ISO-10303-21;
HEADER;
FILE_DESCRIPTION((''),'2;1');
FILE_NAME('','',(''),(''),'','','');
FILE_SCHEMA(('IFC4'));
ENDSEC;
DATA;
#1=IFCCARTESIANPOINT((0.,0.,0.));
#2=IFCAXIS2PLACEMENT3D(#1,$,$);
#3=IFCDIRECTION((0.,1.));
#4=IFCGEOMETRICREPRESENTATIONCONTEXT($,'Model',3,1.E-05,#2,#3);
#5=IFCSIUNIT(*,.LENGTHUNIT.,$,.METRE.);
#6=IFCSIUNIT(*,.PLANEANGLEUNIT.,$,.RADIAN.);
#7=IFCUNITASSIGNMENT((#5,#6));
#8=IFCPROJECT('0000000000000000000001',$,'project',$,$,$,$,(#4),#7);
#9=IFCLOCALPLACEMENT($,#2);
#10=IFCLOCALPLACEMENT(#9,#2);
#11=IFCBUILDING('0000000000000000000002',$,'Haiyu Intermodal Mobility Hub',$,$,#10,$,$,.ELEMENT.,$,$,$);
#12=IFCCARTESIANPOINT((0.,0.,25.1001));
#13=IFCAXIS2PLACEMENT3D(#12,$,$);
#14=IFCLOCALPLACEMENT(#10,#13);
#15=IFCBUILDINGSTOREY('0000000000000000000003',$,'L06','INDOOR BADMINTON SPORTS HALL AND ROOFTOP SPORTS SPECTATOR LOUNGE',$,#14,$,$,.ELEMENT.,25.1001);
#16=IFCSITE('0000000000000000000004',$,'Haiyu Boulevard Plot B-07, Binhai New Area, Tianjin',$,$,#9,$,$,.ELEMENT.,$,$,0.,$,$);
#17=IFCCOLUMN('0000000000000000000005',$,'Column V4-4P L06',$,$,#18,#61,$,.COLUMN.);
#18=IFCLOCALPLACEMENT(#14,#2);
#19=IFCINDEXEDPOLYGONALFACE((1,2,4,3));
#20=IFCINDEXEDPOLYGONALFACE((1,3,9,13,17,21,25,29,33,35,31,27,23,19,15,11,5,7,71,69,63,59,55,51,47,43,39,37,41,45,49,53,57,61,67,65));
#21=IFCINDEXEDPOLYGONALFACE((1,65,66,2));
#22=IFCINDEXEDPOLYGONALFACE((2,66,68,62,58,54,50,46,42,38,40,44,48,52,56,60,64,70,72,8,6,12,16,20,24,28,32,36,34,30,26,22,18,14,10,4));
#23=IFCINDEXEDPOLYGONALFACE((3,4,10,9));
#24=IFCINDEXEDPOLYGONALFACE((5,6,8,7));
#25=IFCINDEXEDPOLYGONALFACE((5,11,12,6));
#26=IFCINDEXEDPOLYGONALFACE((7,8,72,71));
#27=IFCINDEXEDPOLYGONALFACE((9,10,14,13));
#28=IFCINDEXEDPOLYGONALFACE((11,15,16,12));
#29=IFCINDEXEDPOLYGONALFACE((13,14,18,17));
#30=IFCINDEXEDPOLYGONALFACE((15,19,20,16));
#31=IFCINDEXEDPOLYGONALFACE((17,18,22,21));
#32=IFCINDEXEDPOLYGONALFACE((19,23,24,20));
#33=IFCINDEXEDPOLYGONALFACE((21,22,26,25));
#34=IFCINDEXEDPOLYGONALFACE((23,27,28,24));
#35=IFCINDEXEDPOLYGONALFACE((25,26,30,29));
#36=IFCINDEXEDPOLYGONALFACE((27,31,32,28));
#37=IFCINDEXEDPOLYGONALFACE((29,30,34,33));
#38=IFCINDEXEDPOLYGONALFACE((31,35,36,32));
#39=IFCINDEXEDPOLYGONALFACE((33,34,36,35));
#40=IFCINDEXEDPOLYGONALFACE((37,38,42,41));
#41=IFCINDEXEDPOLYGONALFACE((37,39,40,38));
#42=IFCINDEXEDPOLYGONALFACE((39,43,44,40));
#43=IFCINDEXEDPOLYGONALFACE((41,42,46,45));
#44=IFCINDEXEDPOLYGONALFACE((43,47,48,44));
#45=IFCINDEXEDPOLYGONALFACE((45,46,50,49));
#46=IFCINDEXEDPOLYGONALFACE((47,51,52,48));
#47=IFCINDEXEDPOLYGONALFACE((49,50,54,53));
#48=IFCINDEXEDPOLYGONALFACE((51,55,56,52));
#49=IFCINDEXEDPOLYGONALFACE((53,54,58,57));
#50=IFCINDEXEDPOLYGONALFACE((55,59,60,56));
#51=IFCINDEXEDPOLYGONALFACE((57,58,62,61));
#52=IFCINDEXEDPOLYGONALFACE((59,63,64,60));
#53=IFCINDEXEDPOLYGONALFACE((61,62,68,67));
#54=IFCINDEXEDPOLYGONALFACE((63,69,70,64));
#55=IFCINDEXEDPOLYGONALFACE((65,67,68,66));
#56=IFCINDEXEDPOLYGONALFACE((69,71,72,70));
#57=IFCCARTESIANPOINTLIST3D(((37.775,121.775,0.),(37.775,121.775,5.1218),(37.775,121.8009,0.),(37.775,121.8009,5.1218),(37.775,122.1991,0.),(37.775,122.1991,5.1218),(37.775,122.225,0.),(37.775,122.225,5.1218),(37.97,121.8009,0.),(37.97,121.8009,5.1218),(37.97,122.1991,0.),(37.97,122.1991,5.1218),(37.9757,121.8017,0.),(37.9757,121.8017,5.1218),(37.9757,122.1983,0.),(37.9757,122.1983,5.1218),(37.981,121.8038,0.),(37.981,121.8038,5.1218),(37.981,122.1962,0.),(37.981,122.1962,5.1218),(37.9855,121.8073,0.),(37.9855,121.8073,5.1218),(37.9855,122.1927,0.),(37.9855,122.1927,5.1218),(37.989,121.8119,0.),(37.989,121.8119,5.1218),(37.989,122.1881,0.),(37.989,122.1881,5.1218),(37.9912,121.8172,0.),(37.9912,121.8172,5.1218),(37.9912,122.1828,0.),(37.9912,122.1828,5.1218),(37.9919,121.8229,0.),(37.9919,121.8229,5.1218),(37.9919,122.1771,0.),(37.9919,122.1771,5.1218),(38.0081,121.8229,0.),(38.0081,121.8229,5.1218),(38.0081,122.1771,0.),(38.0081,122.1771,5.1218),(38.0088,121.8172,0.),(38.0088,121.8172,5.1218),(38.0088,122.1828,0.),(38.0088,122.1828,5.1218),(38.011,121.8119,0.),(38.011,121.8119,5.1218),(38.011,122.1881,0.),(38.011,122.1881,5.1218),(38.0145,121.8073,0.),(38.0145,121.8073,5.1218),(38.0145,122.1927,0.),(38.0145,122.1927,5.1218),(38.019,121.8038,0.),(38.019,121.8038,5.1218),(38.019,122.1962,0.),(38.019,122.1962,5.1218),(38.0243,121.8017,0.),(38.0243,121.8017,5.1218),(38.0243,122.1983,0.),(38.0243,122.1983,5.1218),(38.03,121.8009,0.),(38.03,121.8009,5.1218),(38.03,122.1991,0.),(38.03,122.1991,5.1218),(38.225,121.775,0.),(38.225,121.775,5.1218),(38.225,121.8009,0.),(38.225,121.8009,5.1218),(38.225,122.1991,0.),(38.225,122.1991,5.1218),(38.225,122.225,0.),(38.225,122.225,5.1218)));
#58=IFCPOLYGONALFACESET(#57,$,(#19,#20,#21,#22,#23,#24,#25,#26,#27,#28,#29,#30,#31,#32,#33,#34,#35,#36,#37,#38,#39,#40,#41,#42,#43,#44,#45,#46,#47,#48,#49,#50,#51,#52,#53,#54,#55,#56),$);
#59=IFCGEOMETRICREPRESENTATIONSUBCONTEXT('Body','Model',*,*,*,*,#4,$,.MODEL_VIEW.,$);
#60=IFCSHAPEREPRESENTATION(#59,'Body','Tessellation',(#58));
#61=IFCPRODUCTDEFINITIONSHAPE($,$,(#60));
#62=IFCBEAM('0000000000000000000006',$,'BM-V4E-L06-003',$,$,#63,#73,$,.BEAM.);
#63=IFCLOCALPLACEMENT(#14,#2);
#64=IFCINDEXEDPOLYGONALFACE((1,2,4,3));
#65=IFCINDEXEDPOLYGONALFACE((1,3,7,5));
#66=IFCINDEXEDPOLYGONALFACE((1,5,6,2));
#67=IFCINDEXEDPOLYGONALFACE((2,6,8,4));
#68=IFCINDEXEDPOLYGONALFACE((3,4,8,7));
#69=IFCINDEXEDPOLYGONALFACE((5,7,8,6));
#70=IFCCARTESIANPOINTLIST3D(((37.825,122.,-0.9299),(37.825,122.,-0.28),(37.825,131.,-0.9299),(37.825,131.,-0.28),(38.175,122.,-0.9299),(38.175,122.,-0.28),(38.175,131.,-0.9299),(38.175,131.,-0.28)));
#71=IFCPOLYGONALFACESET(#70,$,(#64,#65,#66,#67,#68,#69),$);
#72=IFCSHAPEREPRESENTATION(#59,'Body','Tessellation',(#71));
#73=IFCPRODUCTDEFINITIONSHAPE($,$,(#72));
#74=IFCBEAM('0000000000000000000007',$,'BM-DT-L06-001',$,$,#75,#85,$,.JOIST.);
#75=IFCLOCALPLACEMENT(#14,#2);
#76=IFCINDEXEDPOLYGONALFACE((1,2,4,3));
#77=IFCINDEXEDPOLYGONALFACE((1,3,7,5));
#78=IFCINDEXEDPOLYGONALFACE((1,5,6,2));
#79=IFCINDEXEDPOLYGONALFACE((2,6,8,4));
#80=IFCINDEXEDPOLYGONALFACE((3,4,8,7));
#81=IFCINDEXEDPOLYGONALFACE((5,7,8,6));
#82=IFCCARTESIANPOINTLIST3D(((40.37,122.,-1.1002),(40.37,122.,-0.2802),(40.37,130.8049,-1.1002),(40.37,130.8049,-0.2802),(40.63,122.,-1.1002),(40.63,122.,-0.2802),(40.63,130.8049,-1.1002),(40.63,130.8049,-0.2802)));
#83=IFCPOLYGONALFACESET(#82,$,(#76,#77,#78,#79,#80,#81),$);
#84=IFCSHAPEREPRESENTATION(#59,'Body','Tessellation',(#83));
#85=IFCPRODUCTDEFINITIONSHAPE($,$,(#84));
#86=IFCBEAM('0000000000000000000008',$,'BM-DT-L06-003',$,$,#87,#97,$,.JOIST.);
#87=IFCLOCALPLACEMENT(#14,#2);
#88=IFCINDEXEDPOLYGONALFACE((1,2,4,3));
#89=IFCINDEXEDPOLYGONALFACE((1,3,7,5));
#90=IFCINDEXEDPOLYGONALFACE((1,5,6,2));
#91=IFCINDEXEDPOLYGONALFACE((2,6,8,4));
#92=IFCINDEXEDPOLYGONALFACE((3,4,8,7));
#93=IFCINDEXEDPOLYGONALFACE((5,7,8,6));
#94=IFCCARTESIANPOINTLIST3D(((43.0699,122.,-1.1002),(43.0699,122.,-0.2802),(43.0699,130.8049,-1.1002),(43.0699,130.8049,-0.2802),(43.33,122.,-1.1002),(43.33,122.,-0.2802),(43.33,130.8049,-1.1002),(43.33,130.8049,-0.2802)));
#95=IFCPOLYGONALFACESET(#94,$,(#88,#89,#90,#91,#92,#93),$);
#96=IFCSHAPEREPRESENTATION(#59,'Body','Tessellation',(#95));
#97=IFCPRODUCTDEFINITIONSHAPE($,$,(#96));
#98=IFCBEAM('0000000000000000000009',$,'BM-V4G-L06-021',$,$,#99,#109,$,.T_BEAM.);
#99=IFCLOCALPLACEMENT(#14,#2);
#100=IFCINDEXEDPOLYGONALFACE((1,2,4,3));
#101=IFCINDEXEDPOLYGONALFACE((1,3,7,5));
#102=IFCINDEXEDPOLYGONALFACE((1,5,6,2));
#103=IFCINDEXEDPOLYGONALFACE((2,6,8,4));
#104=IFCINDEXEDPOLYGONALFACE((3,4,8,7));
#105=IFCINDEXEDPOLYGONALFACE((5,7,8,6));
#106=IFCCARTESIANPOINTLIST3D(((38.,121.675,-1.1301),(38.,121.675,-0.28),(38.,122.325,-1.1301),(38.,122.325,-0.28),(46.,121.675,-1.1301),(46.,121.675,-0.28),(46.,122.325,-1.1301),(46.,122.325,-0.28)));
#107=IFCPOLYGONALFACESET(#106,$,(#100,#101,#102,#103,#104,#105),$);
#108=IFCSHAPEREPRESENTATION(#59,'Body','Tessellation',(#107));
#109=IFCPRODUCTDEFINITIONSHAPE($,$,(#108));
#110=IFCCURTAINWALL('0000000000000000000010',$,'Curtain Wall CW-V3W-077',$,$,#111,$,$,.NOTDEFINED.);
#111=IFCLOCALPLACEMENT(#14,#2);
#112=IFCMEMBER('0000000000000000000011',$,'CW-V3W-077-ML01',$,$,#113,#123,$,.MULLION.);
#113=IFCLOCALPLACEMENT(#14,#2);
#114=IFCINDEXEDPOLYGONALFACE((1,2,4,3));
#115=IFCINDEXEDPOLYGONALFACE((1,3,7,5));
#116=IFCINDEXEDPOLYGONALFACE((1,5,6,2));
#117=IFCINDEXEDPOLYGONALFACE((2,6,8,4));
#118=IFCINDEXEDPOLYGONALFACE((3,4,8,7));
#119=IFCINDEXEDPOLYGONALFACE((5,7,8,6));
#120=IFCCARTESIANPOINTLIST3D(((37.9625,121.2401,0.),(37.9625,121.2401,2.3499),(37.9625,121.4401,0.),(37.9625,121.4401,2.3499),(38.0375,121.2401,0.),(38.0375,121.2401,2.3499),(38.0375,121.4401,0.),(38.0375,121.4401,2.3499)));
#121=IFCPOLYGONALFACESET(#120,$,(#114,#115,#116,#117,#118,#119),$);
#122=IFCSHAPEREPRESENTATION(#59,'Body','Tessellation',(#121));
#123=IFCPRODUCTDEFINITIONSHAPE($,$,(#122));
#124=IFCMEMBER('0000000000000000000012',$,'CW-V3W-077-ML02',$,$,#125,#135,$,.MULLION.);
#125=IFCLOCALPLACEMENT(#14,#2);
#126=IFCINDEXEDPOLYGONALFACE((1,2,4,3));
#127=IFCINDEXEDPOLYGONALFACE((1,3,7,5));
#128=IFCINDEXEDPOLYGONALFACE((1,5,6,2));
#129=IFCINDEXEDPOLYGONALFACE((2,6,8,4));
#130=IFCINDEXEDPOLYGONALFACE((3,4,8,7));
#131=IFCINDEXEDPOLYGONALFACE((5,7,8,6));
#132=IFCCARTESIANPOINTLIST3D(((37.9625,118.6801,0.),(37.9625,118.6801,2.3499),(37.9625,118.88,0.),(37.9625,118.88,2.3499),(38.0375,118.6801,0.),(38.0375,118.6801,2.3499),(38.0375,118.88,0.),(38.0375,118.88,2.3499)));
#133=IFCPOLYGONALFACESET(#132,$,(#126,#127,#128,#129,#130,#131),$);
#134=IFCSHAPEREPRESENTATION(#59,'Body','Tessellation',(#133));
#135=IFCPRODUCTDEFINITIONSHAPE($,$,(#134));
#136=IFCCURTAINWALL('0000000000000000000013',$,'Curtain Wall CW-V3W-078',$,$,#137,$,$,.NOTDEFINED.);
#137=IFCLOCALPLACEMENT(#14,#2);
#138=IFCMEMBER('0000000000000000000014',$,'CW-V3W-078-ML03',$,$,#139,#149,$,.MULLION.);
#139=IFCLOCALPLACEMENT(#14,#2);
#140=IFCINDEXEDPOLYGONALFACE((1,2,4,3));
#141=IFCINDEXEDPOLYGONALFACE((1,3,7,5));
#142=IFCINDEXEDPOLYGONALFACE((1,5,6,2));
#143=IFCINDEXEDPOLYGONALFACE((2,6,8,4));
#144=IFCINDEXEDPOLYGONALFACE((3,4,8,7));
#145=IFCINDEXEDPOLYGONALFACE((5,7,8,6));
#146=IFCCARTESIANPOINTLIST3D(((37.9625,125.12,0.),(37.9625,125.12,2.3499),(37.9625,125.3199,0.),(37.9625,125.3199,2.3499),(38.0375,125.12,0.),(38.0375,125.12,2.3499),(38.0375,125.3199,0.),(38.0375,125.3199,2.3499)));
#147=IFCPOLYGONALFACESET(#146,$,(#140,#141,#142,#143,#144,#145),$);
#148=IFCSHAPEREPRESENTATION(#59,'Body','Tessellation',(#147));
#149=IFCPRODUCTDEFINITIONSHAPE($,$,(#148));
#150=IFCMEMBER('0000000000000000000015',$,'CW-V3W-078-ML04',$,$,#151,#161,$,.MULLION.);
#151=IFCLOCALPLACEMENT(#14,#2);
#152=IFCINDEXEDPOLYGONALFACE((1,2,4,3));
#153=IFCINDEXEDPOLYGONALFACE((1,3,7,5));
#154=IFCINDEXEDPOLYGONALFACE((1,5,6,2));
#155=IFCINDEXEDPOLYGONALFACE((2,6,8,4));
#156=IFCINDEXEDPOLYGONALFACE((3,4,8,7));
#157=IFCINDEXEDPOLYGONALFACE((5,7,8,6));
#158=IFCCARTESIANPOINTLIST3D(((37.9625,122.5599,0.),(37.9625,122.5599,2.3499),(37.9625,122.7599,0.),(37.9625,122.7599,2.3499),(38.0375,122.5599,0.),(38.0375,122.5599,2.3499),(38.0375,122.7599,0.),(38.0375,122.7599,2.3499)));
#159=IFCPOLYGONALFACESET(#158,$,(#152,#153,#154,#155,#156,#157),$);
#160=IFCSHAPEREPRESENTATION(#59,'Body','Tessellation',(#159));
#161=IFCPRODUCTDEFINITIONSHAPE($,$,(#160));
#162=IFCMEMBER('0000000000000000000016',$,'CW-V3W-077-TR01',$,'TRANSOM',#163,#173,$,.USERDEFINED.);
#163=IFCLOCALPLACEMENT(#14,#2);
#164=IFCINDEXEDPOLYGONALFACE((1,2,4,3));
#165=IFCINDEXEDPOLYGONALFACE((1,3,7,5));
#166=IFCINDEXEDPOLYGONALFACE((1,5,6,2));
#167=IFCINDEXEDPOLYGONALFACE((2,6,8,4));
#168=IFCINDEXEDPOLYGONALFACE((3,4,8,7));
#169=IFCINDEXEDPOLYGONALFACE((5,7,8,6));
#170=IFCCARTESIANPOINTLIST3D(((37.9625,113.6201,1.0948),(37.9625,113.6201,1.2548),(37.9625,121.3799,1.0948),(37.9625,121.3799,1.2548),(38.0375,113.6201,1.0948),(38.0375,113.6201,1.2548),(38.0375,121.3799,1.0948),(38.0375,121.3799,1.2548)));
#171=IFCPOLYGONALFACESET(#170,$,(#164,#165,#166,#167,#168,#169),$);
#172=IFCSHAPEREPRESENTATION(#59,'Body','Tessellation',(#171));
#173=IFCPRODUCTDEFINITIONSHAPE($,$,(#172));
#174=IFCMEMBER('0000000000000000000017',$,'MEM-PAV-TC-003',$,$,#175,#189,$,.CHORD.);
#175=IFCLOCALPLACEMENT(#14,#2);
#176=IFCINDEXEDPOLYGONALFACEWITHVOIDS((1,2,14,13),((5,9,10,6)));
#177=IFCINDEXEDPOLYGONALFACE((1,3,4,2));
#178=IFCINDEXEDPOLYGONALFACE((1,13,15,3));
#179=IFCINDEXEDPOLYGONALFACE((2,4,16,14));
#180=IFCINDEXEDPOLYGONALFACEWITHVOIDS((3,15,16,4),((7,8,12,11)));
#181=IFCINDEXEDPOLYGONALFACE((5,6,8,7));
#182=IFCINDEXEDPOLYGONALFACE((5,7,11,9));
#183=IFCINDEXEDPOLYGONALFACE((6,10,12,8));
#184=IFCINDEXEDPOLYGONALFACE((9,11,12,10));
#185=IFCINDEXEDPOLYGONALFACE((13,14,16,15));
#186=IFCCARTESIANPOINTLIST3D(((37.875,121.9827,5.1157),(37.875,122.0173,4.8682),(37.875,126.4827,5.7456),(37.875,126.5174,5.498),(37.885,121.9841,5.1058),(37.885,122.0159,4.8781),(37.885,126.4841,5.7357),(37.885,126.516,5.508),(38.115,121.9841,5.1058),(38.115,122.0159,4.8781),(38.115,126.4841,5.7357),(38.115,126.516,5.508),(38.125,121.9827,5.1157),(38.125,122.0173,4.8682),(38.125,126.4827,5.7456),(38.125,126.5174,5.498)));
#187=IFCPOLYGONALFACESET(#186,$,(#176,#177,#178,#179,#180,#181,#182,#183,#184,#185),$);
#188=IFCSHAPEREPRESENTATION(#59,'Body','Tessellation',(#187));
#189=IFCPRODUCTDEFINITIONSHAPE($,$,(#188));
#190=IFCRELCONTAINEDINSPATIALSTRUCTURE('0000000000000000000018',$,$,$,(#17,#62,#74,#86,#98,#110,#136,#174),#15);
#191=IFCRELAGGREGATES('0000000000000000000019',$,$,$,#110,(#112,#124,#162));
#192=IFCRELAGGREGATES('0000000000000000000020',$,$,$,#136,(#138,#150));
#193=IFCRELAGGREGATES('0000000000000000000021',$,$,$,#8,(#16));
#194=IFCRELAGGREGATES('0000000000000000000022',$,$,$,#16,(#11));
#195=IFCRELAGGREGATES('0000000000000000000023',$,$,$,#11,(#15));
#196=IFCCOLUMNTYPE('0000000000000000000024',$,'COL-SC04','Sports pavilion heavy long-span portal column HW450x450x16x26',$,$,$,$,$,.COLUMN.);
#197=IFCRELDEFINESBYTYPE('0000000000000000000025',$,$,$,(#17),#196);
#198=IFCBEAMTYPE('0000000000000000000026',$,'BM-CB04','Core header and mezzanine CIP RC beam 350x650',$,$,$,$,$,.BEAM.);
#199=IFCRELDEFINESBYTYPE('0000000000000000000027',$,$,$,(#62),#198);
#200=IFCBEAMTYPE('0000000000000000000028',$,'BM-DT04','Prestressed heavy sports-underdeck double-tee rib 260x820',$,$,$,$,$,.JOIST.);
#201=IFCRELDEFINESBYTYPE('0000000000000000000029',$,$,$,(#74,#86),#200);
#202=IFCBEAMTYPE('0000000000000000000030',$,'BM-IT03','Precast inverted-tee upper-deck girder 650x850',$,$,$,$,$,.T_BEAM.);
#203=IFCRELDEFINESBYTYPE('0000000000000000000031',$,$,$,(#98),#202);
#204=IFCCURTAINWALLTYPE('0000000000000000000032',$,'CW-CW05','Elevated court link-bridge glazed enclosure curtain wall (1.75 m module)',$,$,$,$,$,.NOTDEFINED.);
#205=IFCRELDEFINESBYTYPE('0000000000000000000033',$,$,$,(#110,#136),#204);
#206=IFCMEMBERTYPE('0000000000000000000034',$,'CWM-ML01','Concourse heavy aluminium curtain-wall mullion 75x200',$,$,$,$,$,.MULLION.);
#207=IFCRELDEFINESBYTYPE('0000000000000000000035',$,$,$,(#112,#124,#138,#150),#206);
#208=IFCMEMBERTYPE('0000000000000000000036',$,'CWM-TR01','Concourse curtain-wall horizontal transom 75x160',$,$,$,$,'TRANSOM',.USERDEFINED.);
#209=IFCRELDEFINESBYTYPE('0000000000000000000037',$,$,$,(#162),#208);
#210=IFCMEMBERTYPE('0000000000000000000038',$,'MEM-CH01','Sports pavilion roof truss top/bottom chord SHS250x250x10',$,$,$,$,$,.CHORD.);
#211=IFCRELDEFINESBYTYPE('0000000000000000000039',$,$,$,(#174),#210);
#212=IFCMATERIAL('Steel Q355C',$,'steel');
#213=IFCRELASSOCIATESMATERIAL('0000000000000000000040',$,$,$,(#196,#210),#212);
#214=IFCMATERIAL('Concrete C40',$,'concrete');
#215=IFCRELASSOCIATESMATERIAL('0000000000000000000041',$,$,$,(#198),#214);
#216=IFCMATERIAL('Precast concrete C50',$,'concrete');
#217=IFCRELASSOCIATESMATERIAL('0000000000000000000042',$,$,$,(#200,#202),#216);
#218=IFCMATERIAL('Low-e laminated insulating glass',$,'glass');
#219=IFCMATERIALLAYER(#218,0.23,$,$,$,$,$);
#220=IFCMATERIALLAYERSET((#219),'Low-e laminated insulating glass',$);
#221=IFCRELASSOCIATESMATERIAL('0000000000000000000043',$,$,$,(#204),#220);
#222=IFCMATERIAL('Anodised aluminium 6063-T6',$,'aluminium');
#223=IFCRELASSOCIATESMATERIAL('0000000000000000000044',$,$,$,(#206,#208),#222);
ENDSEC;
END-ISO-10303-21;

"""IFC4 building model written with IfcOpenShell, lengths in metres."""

from ifc_helpers import new_model, si_unit, direction, frame, origin, origin_2d, place, context, subcontext, project, spatial, rectangle, hollow_rectangle, i_section, extrude, material, layer, layer_set, material_profile, profile_set, type_object, element, aggregate, save


model = new_model("IFC4")

# Units and contexts
model_context = context("Model", 3, precision=1e-05, world=origin(), true_north=direction((0.0, 1.0)))
body_context = subcontext(model_context, "Body", "Model", "MODEL_VIEW")
ifc_project = project(units=[si_unit("LENGTHUNIT", "METRE"), si_unit("PLANEANGLEUNIT", "RADIAN")], contexts=[model_context])

# Site, building, storey
site_placement = place(None, origin())
site = spatial("IfcSite", under=ifc_project, at=site_placement, Name="Haiyu Boulevard Plot B-07, Binhai New Area, Tianjin", CompositionType="ELEMENT", RefElevation=0.0)
building_placement = place(site_placement, origin())
building = spatial("IfcBuilding", under=site, at=building_placement, Name="Haiyu Intermodal Mobility Hub", CompositionType="ELEMENT")
storey_placement = place(building_placement, frame((0.0, 0.0, 25.1001)))
storey = spatial("IfcBuildingStorey", under=building, at=storey_placement, Name="L06", Description="INDOOR BADMINTON SPORTS HALL AND ROOFTOP SPORTS SPECTATOR LOUNGE", CompositionType="ELEMENT", Elevation=25.1001)

# Column
ifc_material_1 = material(Name="Steel Q355C", Category="steel")
ifc_material_profile_1 = material_profile(ifc_material_1, i_section(OverallWidth=0.45, OverallDepth=0.45, WebThickness=0.0161, FlangeThickness=0.0259, FilletRadius=0.022, at=origin_2d()), Name="HW450x450x16x26")
ifc_profile_set_1 = profile_set([ifc_material_profile_1], Name="Steel Q355C")
column_type = type_object("IfcColumnType", Name="COL-SC04", Description="Sports pavilion heavy long-span portal column HW450x450x16x26", PredefinedType="COLUMN", material=ifc_profile_set_1)
column_placement = place(storey_placement, frame((38.0, 122.0, 0.0), z_axis=(0.0, 0.0, 1.0), x_axis=(1.0, 0.0, 0.0)))
element("IfcColumn", 1, at=column_placement, inside=storey, type_object=column_type, Name="Column V4-4P L06", PredefinedType="COLUMN", context=body_context, shape_type="SweptSolid", body=[
    extrude(i_section(OverallWidth=0.45, OverallDepth=0.45, WebThickness=0.0161, FlangeThickness=0.0259, FilletRadius=0.022, at=origin_2d()), origin(), (0.0, 0.0, 1.0), 5.1218),
])

# Beams
ifc_material_2 = material(Name="Concrete C40", Category="concrete")
ifc_material_profile_2 = material_profile(ifc_material_2, rectangle(XDim=0.3501, YDim=0.6499, at=origin_2d()), Name="RCB350x650")
ifc_profile_set_2 = profile_set([ifc_material_profile_2], Name="Concrete C40")
beam_type_1 = type_object("IfcBeamType", Name="BM-CB04", Description="Core header and mezzanine CIP RC beam 350x650", PredefinedType="BEAM", material=ifc_profile_set_2)
beam_1_placement = place(storey_placement, frame((38.0, 122.0, -0.605), z_axis=(0.0, 1.0, 0.0), x_axis=(-1.0, 0.0, 0.0)))
element("IfcBeam", 2, at=beam_1_placement, inside=storey, type_object=beam_type_1, Name="BM-V4E-L06-003", PredefinedType="BEAM", context=body_context, shape_type="SweptSolid", body=[
    extrude(rectangle(XDim=0.3501, YDim=0.6499, at=origin_2d()), origin(), (0.0, 0.0, 1.0), 9.0),
])
ifc_material_3 = material(Name="Precast concrete C50", Category="concrete")
ifc_material_profile_3 = material_profile(ifc_material_3, rectangle(XDim=0.26, YDim=0.8201, at=origin_2d()), Name="PC260x820")
ifc_profile_set_3 = profile_set([ifc_material_profile_3], Name="Precast concrete C50")
beam_type_2 = type_object("IfcBeamType", Name="BM-DT04", Description="Prestressed heavy sports-underdeck double-tee rib 260x820", PredefinedType="JOIST", material=ifc_profile_set_3)
for number, where, z_axis, x_axis, name in (
    (3, (40.5, 122.0, -0.6902), (0.0, 1.0, 0.0), (-1.0, 0.0, 0.0), "BM-DT-L06-001"),
    (4, (43.2, 122.0, -0.6902), (0.0, 1.0, 0.0), (-1.0, 0.0, 0.0), "BM-DT-L06-003"),
):
    element("IfcBeam", number, at=place(storey_placement, frame(where, z_axis=z_axis, x_axis=x_axis)), inside=storey, type_object=beam_type_2, Name=name, PredefinedType="JOIST", context=body_context, shape_type="SweptSolid", body=[
        extrude(rectangle(XDim=0.26, YDim=0.8201, at=origin_2d()), origin(), (0.0, 0.0, 1.0), 8.8049),
    ])
ifc_material_profile_4 = material_profile(ifc_material_3, rectangle(XDim=0.6499, YDim=0.8501, at=origin_2d()), Name="PC650x850")
ifc_profile_set_4 = profile_set([ifc_material_profile_4], Name="Precast concrete C50")
beam_type_3 = type_object("IfcBeamType", Name="BM-IT03", Description="Precast inverted-tee upper-deck girder 650x850", PredefinedType="T_BEAM", material=ifc_profile_set_4)
beam_2_placement = place(storey_placement, frame((38.0, 122.0, -0.7051), z_axis=(1.0, 0.0, 0.0), x_axis=(0.0, 1.0, 0.0)))
element("IfcBeam", 5, at=beam_2_placement, inside=storey, type_object=beam_type_3, Name="BM-V4G-L06-021", PredefinedType="T_BEAM", context=body_context, shape_type="SweptSolid", body=[
    extrude(rectangle(XDim=0.6499, YDim=0.8501, at=origin_2d()), origin(), (0.0, 0.0, 1.0), 8.0),
])

# Curtain walls, members
ifc_material_4 = material(Name="Low-e laminated insulating glass", Category="glass")
ifc_layer_1 = layer(ifc_material_4, 0.23)
ifc_layer_set_1 = layer_set([ifc_layer_1], Name="Low-e laminated insulating glass")
curtain_wall_type = type_object("IfcCurtainWallType", Name="CW-CW05", Description="Elevated court link-bridge glazed enclosure curtain wall (1.75 m module)", PredefinedType="NOTDEFINED", material=ifc_layer_set_1)
curtain_wall_1_placement = place(storey_placement, origin())
curtain_wall_1 = element("IfcCurtainWall", 6, at=curtain_wall_1_placement, inside=storey, type_object=curtain_wall_type, Name="Curtain Wall CW-V3W-077", PredefinedType="NOTDEFINED")
ifc_material_5 = material(Name="Anodised aluminium 6063-T6", Category="aluminium")
ifc_material_profile_5 = material_profile(ifc_material_5, rectangle(XDim=0.075, YDim=0.2, at=origin_2d()), Name="ALU75x200")
ifc_profile_set_5 = profile_set([ifc_material_profile_5], Name="Anodised aluminium 6063-T6")
member_type_1 = type_object("IfcMemberType", Name="CWM-ML01", Description="Concourse heavy aluminium curtain-wall mullion 75x200", PredefinedType="MULLION", material=ifc_profile_set_5)
member_1_placement = place(storey_placement, frame((38.0, 121.3401, 0.0), z_axis=(0.0, 0.0, 1.0), x_axis=(1.0, 0.0, 0.0)))
member_1 = element("IfcMember", 7, at=member_1_placement, type_object=member_type_1, Name="CW-V3W-077-ML01", PredefinedType="MULLION", context=body_context, shape_type="SweptSolid", body=[
    extrude(rectangle(XDim=0.075, YDim=0.2, at=origin_2d()), origin(), (0.0, 0.0, 1.0), 2.3499),
])
member_2_placement = place(storey_placement, frame((38.0, 118.78, 0.0), z_axis=(0.0, 0.0, 1.0), x_axis=(1.0, 0.0, 0.0)))
member_2 = element("IfcMember", 8, at=member_2_placement, type_object=member_type_1, Name="CW-V3W-077-ML02", PredefinedType="MULLION", context=body_context, shape_type="SweptSolid", body=[
    extrude(rectangle(XDim=0.075, YDim=0.2, at=origin_2d()), origin(), (0.0, 0.0, 1.0), 2.3499),
])
curtain_wall_2_placement = place(storey_placement, origin())
curtain_wall_2 = element("IfcCurtainWall", 9, at=curtain_wall_2_placement, inside=storey, type_object=curtain_wall_type, Name="Curtain Wall CW-V3W-078", PredefinedType="NOTDEFINED")
member_3_placement = place(storey_placement, frame((38.0, 125.22, 0.0), z_axis=(0.0, 0.0, 1.0), x_axis=(1.0, 0.0, 0.0)))
member_3 = element("IfcMember", 10, at=member_3_placement, type_object=member_type_1, Name="CW-V3W-078-ML03", PredefinedType="MULLION", context=body_context, shape_type="SweptSolid", body=[
    extrude(rectangle(XDim=0.075, YDim=0.2, at=origin_2d()), origin(), (0.0, 0.0, 1.0), 2.3499),
])
member_4_placement = place(storey_placement, frame((38.0, 122.6599, 0.0), z_axis=(0.0, 0.0, 1.0), x_axis=(1.0, 0.0, 0.0)))
member_4 = element("IfcMember", 11, at=member_4_placement, type_object=member_type_1, Name="CW-V3W-078-ML04", PredefinedType="MULLION", context=body_context, shape_type="SweptSolid", body=[
    extrude(rectangle(XDim=0.075, YDim=0.2, at=origin_2d()), origin(), (0.0, 0.0, 1.0), 2.3499),
])

# Member
ifc_material_profile_6 = material_profile(ifc_material_5, rectangle(XDim=0.075, YDim=0.1599, at=origin_2d()), Name="ALU75x160")
ifc_profile_set_6 = profile_set([ifc_material_profile_6], Name="Anodised aluminium 6063-T6")
member_type_2 = type_object("IfcMemberType", Name="CWM-TR01", Description="Concourse curtain-wall horizontal transom 75x160", ElementType="TRANSOM", PredefinedType="USERDEFINED", material=ifc_profile_set_6)
member_5_placement = place(storey_placement, frame((38.0, 121.3799, 1.1748), z_axis=(0.0, -1.0, 0.0), x_axis=(1.0, 0.0, 0.0)))
member_5 = element("IfcMember", 12, at=member_5_placement, type_object=member_type_2, Name="CW-V3W-077-TR01", ObjectType="TRANSOM", PredefinedType="USERDEFINED", context=body_context, shape_type="SweptSolid", body=[
    extrude(rectangle(XDim=0.075, YDim=0.1599, at=origin_2d()), origin(), (0.0, 0.0, 1.0), 7.7598),
])

# Member
ifc_material_profile_7 = material_profile(ifc_material_1, hollow_rectangle(XDim=0.25, YDim=0.25, WallThickness=0.01, at=origin_2d()), Name="SHS250x250x10")
ifc_profile_set_7 = profile_set([ifc_material_profile_7], Name="Steel Q355C")
member_type_3 = type_object("IfcMemberType", Name="MEM-CH01", Description="Sports pavilion roof truss top/bottom chord SHS250x250x10", PredefinedType="CHORD", material=ifc_profile_set_7)
member_6_placement = place(storey_placement, frame((38.0, 122.0, 4.9919), z_axis=(0.0, 0.990345, 0.138623), x_axis=(-1.0, 0.0, 0.0)))
element("IfcMember", 13, at=member_6_placement, inside=storey, type_object=member_type_3, Name="MEM-PAV-TC-003", PredefinedType="CHORD", context=body_context, shape_type="SweptSolid", body=[
    extrude(hollow_rectangle(XDim=0.25, YDim=0.25, WallThickness=0.01, at=origin_2d()), origin(), (0.0, 0.0, 1.0), 4.5439),
])

aggregate(curtain_wall_1, [member_1, member_2, member_5])
aggregate(curtain_wall_2, [member_3, member_4])

save(model, "model.ifc")
